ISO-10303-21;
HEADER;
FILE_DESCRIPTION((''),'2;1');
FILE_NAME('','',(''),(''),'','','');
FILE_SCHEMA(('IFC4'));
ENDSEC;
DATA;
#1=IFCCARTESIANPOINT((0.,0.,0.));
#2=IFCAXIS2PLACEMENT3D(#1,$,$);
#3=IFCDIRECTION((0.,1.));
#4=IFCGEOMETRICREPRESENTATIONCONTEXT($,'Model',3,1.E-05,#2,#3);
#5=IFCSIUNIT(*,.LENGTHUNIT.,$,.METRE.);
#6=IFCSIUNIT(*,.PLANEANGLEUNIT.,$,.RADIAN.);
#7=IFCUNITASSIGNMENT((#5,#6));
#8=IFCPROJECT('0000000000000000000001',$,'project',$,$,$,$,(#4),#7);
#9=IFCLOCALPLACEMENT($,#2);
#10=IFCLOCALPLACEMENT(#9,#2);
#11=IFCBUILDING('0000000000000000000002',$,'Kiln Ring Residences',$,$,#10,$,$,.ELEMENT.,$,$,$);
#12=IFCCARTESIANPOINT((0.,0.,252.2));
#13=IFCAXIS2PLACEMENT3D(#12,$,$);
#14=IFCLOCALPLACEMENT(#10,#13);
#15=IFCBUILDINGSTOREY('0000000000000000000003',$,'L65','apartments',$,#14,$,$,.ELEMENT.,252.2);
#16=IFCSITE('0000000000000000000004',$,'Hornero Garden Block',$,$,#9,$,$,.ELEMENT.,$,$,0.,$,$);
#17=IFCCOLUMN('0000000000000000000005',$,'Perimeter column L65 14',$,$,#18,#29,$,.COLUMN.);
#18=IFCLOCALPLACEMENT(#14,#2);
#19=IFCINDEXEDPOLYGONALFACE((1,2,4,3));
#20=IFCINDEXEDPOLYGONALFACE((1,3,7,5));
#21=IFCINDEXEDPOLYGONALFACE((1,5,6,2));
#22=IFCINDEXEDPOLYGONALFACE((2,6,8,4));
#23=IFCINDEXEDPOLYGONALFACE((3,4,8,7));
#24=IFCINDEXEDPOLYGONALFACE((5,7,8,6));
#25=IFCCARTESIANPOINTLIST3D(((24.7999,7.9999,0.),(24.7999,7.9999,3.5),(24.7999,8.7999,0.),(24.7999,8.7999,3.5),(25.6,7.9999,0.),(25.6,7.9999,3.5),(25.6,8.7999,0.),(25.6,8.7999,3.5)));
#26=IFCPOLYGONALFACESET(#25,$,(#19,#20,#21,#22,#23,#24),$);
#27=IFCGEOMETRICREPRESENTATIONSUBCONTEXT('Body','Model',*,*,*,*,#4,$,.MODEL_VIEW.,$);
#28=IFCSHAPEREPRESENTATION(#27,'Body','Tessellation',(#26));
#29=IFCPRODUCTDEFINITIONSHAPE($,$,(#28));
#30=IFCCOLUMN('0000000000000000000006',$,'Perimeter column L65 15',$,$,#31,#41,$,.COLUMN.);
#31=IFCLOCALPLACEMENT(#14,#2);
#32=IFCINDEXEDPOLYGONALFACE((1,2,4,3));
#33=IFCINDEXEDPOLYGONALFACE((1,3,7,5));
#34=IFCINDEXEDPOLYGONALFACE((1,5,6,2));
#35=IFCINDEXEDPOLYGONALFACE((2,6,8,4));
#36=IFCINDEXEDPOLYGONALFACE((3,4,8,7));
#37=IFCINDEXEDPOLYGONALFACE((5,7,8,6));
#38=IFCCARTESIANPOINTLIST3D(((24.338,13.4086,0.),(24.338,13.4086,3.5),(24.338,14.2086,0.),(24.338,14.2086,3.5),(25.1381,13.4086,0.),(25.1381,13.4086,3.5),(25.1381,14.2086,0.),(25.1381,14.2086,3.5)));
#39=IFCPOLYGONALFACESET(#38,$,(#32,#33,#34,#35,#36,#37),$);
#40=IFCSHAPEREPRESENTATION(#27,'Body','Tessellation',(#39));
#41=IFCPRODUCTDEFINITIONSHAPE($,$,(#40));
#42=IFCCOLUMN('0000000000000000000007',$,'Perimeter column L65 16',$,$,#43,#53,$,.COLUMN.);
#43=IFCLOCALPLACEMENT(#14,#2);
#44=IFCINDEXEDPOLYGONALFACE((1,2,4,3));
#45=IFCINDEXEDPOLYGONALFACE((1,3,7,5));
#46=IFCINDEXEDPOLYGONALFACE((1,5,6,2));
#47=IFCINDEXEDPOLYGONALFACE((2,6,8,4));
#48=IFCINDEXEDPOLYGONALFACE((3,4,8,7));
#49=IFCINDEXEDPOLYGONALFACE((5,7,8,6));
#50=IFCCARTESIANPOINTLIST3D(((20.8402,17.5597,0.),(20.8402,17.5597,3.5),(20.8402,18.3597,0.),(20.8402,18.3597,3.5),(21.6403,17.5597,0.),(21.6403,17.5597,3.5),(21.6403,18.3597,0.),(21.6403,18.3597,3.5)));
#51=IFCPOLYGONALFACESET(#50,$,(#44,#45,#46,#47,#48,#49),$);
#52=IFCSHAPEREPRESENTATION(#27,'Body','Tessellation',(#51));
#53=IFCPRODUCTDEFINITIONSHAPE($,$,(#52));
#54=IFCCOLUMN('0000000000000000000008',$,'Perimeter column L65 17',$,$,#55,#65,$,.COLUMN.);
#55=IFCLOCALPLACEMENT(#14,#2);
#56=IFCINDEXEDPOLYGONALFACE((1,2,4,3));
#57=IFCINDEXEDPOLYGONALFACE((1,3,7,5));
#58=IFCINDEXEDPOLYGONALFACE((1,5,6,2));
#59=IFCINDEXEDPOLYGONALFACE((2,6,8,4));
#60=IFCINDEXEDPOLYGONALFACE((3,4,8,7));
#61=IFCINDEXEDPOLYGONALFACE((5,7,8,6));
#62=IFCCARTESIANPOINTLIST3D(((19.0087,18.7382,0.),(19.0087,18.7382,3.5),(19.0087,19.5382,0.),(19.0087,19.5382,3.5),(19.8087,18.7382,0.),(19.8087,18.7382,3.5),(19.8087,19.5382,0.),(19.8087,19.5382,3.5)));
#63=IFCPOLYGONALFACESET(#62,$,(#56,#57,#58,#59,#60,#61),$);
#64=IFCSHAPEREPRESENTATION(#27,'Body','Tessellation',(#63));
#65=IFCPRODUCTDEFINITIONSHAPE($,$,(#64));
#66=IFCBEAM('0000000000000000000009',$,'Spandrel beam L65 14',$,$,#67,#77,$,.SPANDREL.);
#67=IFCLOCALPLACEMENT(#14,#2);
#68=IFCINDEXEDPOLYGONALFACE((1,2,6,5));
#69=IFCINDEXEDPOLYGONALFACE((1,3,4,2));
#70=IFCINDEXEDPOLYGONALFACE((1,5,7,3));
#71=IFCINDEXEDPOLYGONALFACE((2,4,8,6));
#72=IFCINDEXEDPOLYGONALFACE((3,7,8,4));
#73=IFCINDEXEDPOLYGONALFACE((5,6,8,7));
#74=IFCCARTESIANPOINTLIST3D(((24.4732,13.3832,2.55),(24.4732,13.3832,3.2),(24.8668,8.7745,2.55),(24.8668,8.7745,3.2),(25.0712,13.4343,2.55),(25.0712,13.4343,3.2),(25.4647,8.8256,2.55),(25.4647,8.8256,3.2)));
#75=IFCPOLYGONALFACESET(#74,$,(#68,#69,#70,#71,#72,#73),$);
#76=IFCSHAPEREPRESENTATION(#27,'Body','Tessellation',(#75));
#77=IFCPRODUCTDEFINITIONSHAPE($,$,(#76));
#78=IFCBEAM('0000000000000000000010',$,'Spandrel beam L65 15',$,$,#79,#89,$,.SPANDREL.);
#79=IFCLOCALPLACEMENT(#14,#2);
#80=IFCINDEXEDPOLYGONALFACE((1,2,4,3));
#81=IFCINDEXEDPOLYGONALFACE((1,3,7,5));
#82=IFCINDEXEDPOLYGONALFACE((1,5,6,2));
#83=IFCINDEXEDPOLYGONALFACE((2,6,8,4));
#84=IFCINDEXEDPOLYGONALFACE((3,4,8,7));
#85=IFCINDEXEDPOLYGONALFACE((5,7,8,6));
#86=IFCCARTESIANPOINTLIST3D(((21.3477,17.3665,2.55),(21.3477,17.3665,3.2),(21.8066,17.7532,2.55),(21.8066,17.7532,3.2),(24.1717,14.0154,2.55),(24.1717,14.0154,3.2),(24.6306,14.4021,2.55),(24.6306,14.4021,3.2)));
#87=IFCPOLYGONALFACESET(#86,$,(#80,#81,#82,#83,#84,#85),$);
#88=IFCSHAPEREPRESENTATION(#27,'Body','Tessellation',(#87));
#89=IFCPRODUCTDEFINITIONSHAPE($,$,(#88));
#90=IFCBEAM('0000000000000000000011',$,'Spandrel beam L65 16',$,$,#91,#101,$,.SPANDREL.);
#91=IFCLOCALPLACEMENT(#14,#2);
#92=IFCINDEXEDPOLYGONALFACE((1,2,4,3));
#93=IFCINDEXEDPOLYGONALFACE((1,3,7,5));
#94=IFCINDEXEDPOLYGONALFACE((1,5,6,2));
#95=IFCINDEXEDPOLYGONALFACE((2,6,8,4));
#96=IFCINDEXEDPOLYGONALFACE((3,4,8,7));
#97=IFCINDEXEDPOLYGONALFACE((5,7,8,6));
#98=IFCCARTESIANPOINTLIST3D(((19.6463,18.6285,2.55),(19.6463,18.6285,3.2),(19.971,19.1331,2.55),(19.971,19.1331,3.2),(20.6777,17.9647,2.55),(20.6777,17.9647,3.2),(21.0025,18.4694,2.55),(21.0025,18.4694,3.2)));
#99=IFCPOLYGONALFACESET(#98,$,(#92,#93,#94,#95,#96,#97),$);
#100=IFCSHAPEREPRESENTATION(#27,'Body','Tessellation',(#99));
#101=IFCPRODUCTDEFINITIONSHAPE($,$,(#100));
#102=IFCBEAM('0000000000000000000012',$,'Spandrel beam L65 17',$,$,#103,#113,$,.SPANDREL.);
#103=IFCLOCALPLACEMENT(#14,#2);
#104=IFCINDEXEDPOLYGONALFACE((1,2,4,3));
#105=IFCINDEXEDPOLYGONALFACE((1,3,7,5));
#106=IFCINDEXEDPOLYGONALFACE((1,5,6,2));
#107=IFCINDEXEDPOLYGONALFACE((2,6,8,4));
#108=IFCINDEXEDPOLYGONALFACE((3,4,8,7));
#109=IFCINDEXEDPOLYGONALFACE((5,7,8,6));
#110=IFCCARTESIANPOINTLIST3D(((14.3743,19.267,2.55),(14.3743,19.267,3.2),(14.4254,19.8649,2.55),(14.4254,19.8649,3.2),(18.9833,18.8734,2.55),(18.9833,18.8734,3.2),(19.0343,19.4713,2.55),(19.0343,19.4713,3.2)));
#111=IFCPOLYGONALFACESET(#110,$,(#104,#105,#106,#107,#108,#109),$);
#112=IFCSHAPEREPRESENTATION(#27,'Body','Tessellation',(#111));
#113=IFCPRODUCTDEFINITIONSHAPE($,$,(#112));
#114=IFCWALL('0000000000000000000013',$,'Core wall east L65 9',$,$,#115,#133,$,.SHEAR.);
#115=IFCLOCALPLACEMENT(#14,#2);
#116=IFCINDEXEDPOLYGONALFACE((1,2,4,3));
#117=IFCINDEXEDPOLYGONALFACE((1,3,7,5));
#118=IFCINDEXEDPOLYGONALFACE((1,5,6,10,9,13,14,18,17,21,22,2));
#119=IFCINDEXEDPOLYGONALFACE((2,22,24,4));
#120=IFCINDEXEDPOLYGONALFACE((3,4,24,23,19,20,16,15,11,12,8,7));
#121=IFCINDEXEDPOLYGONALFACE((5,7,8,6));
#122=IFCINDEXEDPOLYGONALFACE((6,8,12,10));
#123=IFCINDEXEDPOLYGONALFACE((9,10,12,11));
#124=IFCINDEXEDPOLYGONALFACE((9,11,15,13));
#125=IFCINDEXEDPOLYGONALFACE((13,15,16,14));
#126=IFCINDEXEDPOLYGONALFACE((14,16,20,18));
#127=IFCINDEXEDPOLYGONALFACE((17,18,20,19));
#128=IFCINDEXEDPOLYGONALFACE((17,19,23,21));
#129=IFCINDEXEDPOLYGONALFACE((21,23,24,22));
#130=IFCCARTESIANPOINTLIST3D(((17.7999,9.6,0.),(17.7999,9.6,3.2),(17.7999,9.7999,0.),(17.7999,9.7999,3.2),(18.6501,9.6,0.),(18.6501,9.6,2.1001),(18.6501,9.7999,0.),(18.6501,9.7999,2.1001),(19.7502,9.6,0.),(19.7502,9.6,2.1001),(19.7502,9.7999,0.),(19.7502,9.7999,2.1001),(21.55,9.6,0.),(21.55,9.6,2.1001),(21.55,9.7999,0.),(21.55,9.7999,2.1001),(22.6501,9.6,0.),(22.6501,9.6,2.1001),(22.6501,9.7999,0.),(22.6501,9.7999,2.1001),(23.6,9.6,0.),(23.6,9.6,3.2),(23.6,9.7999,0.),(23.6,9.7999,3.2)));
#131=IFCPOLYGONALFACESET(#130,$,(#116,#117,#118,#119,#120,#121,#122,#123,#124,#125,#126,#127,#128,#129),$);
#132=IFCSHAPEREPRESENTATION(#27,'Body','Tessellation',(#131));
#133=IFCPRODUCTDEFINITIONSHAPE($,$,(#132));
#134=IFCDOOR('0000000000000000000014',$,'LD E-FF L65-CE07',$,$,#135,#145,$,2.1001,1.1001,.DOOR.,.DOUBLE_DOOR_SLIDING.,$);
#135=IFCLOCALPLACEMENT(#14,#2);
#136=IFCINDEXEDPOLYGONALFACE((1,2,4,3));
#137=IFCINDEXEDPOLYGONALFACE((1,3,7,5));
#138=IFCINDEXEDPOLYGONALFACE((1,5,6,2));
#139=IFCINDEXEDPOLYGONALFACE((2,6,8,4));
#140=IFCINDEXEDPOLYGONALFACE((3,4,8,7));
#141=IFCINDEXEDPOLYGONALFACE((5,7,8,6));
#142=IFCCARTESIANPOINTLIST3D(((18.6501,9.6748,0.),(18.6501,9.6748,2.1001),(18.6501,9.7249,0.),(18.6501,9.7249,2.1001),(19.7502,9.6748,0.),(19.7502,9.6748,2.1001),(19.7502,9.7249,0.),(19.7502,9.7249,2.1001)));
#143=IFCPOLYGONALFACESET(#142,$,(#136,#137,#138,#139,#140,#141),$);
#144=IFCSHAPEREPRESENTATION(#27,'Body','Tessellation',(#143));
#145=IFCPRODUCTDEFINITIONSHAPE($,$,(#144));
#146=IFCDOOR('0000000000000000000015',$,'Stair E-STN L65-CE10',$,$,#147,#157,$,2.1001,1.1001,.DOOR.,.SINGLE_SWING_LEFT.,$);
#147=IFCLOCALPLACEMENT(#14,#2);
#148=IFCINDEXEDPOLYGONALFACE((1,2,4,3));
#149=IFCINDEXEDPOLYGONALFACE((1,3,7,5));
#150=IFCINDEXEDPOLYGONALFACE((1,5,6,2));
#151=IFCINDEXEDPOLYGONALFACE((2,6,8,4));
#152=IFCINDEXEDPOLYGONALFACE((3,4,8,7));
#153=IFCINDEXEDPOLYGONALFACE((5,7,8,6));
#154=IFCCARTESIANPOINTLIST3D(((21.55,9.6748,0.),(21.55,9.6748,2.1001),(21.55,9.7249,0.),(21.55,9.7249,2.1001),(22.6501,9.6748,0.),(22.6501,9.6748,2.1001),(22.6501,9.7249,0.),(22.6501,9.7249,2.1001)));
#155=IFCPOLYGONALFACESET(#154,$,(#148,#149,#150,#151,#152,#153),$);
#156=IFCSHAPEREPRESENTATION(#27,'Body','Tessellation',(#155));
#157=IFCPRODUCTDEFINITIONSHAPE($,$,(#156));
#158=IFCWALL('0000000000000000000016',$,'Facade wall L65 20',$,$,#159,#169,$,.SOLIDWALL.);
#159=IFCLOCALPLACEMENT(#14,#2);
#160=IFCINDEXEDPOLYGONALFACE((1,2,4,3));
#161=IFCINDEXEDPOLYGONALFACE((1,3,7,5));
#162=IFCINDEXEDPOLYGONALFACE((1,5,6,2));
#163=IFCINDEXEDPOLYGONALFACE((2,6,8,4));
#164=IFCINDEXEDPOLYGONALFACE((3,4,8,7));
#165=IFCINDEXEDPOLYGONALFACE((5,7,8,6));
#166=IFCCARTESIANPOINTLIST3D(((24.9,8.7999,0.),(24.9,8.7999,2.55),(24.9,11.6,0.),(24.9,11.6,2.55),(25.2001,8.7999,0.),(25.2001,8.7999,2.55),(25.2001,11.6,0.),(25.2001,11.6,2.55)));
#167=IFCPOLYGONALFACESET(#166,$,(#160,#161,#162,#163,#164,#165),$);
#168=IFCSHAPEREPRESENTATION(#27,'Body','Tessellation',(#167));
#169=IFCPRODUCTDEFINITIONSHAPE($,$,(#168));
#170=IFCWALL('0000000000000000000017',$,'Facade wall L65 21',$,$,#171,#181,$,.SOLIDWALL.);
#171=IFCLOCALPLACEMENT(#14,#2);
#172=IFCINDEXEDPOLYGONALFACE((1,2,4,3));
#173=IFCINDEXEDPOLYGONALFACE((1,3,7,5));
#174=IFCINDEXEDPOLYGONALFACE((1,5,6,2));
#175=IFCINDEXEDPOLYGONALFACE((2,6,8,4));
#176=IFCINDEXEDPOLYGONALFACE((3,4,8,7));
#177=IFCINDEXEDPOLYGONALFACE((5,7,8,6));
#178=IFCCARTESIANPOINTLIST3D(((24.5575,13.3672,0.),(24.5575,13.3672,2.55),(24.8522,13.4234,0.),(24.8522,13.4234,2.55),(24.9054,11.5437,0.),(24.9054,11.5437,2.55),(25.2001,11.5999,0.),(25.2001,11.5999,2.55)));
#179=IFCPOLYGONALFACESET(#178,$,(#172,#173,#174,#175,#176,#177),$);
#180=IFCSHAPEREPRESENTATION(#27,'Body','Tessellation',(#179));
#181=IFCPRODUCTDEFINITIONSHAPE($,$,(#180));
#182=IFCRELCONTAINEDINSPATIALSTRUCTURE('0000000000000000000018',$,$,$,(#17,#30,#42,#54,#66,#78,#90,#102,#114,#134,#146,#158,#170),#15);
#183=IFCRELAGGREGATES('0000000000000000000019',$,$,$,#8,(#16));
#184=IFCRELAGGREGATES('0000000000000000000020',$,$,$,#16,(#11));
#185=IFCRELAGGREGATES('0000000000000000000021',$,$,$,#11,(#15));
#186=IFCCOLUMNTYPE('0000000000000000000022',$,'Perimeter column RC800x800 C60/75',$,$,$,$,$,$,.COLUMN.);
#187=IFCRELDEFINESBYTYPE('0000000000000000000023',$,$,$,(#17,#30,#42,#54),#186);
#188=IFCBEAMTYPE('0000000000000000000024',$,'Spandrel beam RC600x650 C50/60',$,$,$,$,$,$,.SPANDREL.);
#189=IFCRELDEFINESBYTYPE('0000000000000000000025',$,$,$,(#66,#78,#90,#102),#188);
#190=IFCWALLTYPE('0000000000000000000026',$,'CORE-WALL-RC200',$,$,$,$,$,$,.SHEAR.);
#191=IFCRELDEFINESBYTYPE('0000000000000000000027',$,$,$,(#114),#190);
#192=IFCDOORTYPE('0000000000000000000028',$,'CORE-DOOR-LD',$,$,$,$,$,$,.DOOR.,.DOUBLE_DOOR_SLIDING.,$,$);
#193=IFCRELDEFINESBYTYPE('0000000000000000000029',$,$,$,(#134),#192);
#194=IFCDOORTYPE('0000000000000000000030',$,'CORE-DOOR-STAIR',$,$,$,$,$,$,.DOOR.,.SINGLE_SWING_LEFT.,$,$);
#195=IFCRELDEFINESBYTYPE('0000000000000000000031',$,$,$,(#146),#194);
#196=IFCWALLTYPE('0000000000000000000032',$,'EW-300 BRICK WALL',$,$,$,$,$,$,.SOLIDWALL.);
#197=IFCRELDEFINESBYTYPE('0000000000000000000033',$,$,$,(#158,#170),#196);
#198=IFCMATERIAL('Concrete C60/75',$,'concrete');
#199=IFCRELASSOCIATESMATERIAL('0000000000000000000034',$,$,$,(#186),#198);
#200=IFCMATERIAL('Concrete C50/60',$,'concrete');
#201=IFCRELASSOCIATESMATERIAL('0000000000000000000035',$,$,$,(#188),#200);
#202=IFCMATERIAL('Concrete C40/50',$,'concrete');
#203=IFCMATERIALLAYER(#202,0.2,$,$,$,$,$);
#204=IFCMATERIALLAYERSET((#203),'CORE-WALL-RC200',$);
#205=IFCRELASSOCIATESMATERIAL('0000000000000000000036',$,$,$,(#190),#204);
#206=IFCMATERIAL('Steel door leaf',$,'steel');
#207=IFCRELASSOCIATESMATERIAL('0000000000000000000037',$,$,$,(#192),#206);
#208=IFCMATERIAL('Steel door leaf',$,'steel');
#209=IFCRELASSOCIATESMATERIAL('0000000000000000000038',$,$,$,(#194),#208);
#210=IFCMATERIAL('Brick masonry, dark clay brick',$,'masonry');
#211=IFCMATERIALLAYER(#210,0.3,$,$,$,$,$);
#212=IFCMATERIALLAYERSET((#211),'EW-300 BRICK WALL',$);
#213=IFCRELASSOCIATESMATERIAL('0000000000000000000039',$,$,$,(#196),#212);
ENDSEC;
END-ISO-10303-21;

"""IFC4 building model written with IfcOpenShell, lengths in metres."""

from ifc_helpers import new_model, si_unit, direction, frame, frame_2d, origin, origin_2d, place, context, subcontext, project, spatial, rectangle, extrude, material, layer, layer_set, material_profile, profile_set, type_object, element, fill, save


model = new_model("IFC4")

# Units and contexts
model_context = context("Model", 3, precision=1e-05, world=origin(), true_north=direction((0.0, 1.0)))
body_context = subcontext(model_context, "Body", "Model", "MODEL_VIEW")
ifc_project = project(units=[si_unit("LENGTHUNIT", "METRE"), si_unit("PLANEANGLEUNIT", "RADIAN")], contexts=[model_context])

# Site, building, storey
site_placement = place(None, origin())
site = spatial("IfcSite", under=ifc_project, at=site_placement, Name="Hornero Garden Block", CompositionType="ELEMENT", RefElevation=0.0)
building_placement = place(site_placement, origin())
building = spatial("IfcBuilding", under=site, at=building_placement, Name="Kiln Ring Residences", CompositionType="ELEMENT")
storey_placement = place(building_placement, frame((0.0, 0.0, 252.2)))
storey = spatial("IfcBuildingStorey", under=building, at=storey_placement, Name="L65", Description="apartments", CompositionType="ELEMENT", Elevation=252.2)

# Columns
ifc_material_1 = material(Name="Concrete C60/75", Category="concrete")
ifc_material_profile_1 = material_profile(ifc_material_1, rectangle(XDim=0.8, YDim=0.8, at=origin_2d()), Name="RC800x800")
ifc_profile_set_1 = profile_set([ifc_material_profile_1], Name="Concrete C60/75")
column_type = type_object("IfcColumnType", Name="Perimeter column RC800x800 C60/75", PredefinedType="COLUMN", material=ifc_profile_set_1)
for number, where, z_axis, x_axis, name in (
    (1, (25.2, 8.3999, 0.0), (0.0, 0.0, 1.0), (1.0, 0.0, 0.0), "Perimeter column L65 14"),
    (2, (24.738, 13.8086, 0.0), (0.0, 0.0, 1.0), (1.0, 0.0, 0.0), "Perimeter column L65 15"),
    (3, (21.2402, 17.9597, 0.0), (0.0, 0.0, 1.0), (1.0, 0.0, 0.0), "Perimeter column L65 16"),
    (4, (19.4087, 19.1382, 0.0), (0.0, 0.0, 1.0), (1.0, 0.0, 0.0), "Perimeter column L65 17"),
):
    element("IfcColumn", number, at=place(storey_placement, frame(where, z_axis=z_axis, x_axis=x_axis)), inside=storey, type_object=column_type, Name=name, PredefinedType="COLUMN", context=body_context, shape_type="SweptSolid", body=[
        extrude(rectangle(XDim=0.8, YDim=0.8, at=origin_2d()), origin(), (0.0, 0.0, 1.0), 3.5),
    ])

# Beams
ifc_material_2 = material(Name="Concrete C50/60", Category="concrete")
ifc_material_profile_2 = material_profile(ifc_material_2, rectangle(XDim=0.6001, YDim=0.6499, at=origin_2d()), Name="RC600x650")
ifc_profile_set_2 = profile_set([ifc_material_profile_2], Name="Concrete C50/60")
beam_type = type_object("IfcBeamType", Name="Spandrel beam RC600x650 C50/60", PredefinedType="SPANDREL", material=ifc_profile_set_2)
beam_1_placement = place(storey_placement, frame((25.1658, 8.8, 2.875), z_axis=(-0.085085, 0.996374, 0.0), x_axis=(-0.996374, -0.085085, 0.0)))
element("IfcBeam", 5, at=beam_1_placement, inside=storey, type_object=beam_type, Name="Spandrel beam L65 14", PredefinedType="SPANDREL", context=body_context, shape_type="SweptSolid", body=[
    extrude(rectangle(XDim=0.6001, YDim=0.6499, at=origin_2d()), origin(), (0.0, 0.0, 1.0), 4.6255),
])
beam_2_placement = place(storey_placement, frame((24.4011, 14.2087, 2.875), z_axis=(-0.644405, 0.764684, 0.0), x_axis=(-0.764684, -0.644405, 0.0)))
element("IfcBeam", 6, at=beam_2_placement, inside=storey, type_object=beam_type, Name="Spandrel beam L65 15", PredefinedType="SPANDREL", context=body_context, shape_type="SweptSolid", body=[
    extrude(rectangle(XDim=0.6001, YDim=0.6499, at=origin_2d()), origin(), (0.0, 0.0, 1.0), 4.3823),
])
beam_3_placement = place(storey_placement, frame((20.8401, 18.217, 2.875), z_axis=(-0.840913, 0.54117, 0.0), x_axis=(-0.54117, -0.840913, 0.0)))
element("IfcBeam", 7, at=beam_3_placement, inside=storey, type_object=beam_type, Name="Spandrel beam L65 16", PredefinedType="SPANDREL", context=body_context, shape_type="SweptSolid", body=[
    extrude(rectangle(XDim=0.6001, YDim=0.6499, at=origin_2d()), origin(), (0.0, 0.0, 1.0), 1.2266),
])
beam_4_placement = place(storey_placement, frame((19.0088, 19.1724, 2.875), z_axis=(-0.996374, 0.085081, 0.0), x_axis=(-0.085081, -0.996374, 0.0)))
element("IfcBeam", 8, at=beam_4_placement, inside=storey, type_object=beam_type, Name="Spandrel beam L65 17", PredefinedType="SPANDREL", context=body_context, shape_type="SweptSolid", body=[
    extrude(rectangle(XDim=0.6001, YDim=0.6499, at=origin_2d()), origin(), (0.0, 0.0, 1.0), 4.6257),
])

# Wall, openings, doors
ifc_material_3 = material(Name="Concrete C40/50", Category="concrete")
ifc_layer_1 = layer(ifc_material_3, 0.2)
ifc_layer_set_1 = layer_set([ifc_layer_1], Name="CORE-WALL-RC200")
wall_type_1 = type_object("IfcWallType", Name="CORE-WALL-RC200", PredefinedType="SHEAR", material=ifc_layer_set_1)
wall_1_placement = place(storey_placement, frame((17.8, 9.7, 0.0), z_axis=(0.0, 0.0, 1.0), x_axis=(1.0, 0.0, 0.0)))
wall_1 = element("IfcWall", 9, at=wall_1_placement, inside=storey, type_object=wall_type_1, Name="Core wall east L65 9", PredefinedType="SHEAR", context=body_context, shape_type="SweptSolid", body=[
    extrude(rectangle(XDim=5.8, YDim=0.2, at=frame_2d((2.8999, 0.0))), origin(), (0.0, 0.0, 1.0), 3.2),
])
opening_1_placement = place(wall_1_placement, frame((0.8501, 0.0, 0.0)))
opening_1 = element("IfcOpeningElement", 10, at=opening_1_placement, cuts=wall_1, PredefinedType="OPENING", context=body_context, shape_type="SweptSolid", body=[
    extrude(rectangle(XDim=1.1001, YDim=2.1001, at=frame_2d((0.55, 1.05))), frame((0.0, 0.1099, 0.0), z_axis=(0.0, -1.0, 0.0), x_axis=(1.0, 0.0, 0.0)), (0.0, 0.0, 1.0), 0.22),
])
opening_2_placement = place(wall_1_placement, frame((3.75, 0.0, 0.0)))
opening_2 = element("IfcOpeningElement", 11, at=opening_2_placement, cuts=wall_1, PredefinedType="OPENING", context=body_context, shape_type="SweptSolid", body=[
    extrude(rectangle(XDim=1.1001, YDim=2.1001, at=frame_2d((0.55, 1.05))), frame((0.0, 0.1099, 0.0), z_axis=(0.0, -1.0, 0.0), x_axis=(1.0, 0.0, 0.0)), (0.0, 0.0, 1.0), 0.22),
])
ifc_material_4 = material(Name="Steel door leaf", Category="steel")
door_type_1 = type_object("IfcDoorType", Name="CORE-DOOR-LD", OperationType="DOUBLE_DOOR_SLIDING", PredefinedType="DOOR", material=ifc_material_4)
door_1_placement = place(opening_1_placement, origin())
door_1 = element("IfcDoor", 12, at=door_1_placement, inside=storey, type_object=door_type_1, Name="LD E-FF L65-CE07", OperationType="DOUBLE_DOOR_SLIDING", OverallHeight=2.1001, OverallWidth=1.1001, PredefinedType="DOOR", context=body_context, shape_type="SweptSolid", body=[
    extrude(rectangle(XDim=1.1001, YDim=2.1001, at=frame_2d((0.55, 1.05))), frame((0.0, 0.0249, 0.0), z_axis=(0.0, -1.0, 0.0), x_axis=(1.0, 0.0, 0.0)), (0.0, 0.0, 1.0), 0.05),
])
fill(opening_1, door_1)
ifc_material_5 = material(Name="Steel door leaf", Category="steel")
door_type_2 = type_object("IfcDoorType", Name="CORE-DOOR-STAIR", OperationType="SINGLE_SWING_LEFT", PredefinedType="DOOR", material=ifc_material_5)
door_2_placement = place(opening_2_placement, origin())
door_2 = element("IfcDoor", 13, at=door_2_placement, inside=storey, type_object=door_type_2, Name="Stair E-STN L65-CE10", OperationType="SINGLE_SWING_LEFT", OverallHeight=2.1001, OverallWidth=1.1001, PredefinedType="DOOR", context=body_context, shape_type="SweptSolid", body=[
    extrude(rectangle(XDim=1.1001, YDim=2.1001, at=frame_2d((0.55, 1.05))), frame((0.0, 0.0249, 0.0), z_axis=(0.0, -1.0, 0.0), x_axis=(1.0, 0.0, 0.0)), (0.0, 0.0, 1.0), 0.05),
])
fill(opening_2, door_2)

# Walls
ifc_material_6 = material(Name="Brick masonry, dark clay brick", Category="masonry")
ifc_layer_2 = layer(ifc_material_6, 0.3)
ifc_layer_set_2 = layer_set([ifc_layer_2], Name="EW-300 BRICK WALL")
wall_type_2 = type_object("IfcWallType", Name="EW-300 BRICK WALL", PredefinedType="SOLIDWALL", material=ifc_layer_set_2)
wall_2_placement = place(storey_placement, frame((25.05, 8.8, 0.0), z_axis=(0.0, 0.0, 1.0), x_axis=(0.0, 1.0, 0.0)))
element("IfcWall", 14, at=wall_2_placement, inside=storey, type_object=wall_type_2, Name="Facade wall L65 20", PredefinedType="SOLIDWALL", context=body_context, shape_type="SweptSolid", body=[
    extrude(rectangle(XDim=2.8, YDim=0.3, at=frame_2d((1.3999, 0.0))), origin(), (0.0, 0.0, 1.0), 2.55),
])
wall_3_placement = place(storey_placement, frame((25.0527, 11.5718, 0.0), z_axis=(0.0, 0.0, 1.0), x_axis=(-0.187408, 0.982282, 0.0)))
element("IfcWall", 15, at=wall_3_placement, inside=storey, type_object=wall_type_2, Name="Facade wall L65 21", PredefinedType="SOLIDWALL", context=body_context, shape_type="SweptSolid", body=[
    extrude(rectangle(XDim=1.8564, YDim=0.3, at=frame_2d((0.9282, 0.0))), origin(), (0.0, 0.0, 1.0), 2.55),
])

save(model, "model.ifc")
